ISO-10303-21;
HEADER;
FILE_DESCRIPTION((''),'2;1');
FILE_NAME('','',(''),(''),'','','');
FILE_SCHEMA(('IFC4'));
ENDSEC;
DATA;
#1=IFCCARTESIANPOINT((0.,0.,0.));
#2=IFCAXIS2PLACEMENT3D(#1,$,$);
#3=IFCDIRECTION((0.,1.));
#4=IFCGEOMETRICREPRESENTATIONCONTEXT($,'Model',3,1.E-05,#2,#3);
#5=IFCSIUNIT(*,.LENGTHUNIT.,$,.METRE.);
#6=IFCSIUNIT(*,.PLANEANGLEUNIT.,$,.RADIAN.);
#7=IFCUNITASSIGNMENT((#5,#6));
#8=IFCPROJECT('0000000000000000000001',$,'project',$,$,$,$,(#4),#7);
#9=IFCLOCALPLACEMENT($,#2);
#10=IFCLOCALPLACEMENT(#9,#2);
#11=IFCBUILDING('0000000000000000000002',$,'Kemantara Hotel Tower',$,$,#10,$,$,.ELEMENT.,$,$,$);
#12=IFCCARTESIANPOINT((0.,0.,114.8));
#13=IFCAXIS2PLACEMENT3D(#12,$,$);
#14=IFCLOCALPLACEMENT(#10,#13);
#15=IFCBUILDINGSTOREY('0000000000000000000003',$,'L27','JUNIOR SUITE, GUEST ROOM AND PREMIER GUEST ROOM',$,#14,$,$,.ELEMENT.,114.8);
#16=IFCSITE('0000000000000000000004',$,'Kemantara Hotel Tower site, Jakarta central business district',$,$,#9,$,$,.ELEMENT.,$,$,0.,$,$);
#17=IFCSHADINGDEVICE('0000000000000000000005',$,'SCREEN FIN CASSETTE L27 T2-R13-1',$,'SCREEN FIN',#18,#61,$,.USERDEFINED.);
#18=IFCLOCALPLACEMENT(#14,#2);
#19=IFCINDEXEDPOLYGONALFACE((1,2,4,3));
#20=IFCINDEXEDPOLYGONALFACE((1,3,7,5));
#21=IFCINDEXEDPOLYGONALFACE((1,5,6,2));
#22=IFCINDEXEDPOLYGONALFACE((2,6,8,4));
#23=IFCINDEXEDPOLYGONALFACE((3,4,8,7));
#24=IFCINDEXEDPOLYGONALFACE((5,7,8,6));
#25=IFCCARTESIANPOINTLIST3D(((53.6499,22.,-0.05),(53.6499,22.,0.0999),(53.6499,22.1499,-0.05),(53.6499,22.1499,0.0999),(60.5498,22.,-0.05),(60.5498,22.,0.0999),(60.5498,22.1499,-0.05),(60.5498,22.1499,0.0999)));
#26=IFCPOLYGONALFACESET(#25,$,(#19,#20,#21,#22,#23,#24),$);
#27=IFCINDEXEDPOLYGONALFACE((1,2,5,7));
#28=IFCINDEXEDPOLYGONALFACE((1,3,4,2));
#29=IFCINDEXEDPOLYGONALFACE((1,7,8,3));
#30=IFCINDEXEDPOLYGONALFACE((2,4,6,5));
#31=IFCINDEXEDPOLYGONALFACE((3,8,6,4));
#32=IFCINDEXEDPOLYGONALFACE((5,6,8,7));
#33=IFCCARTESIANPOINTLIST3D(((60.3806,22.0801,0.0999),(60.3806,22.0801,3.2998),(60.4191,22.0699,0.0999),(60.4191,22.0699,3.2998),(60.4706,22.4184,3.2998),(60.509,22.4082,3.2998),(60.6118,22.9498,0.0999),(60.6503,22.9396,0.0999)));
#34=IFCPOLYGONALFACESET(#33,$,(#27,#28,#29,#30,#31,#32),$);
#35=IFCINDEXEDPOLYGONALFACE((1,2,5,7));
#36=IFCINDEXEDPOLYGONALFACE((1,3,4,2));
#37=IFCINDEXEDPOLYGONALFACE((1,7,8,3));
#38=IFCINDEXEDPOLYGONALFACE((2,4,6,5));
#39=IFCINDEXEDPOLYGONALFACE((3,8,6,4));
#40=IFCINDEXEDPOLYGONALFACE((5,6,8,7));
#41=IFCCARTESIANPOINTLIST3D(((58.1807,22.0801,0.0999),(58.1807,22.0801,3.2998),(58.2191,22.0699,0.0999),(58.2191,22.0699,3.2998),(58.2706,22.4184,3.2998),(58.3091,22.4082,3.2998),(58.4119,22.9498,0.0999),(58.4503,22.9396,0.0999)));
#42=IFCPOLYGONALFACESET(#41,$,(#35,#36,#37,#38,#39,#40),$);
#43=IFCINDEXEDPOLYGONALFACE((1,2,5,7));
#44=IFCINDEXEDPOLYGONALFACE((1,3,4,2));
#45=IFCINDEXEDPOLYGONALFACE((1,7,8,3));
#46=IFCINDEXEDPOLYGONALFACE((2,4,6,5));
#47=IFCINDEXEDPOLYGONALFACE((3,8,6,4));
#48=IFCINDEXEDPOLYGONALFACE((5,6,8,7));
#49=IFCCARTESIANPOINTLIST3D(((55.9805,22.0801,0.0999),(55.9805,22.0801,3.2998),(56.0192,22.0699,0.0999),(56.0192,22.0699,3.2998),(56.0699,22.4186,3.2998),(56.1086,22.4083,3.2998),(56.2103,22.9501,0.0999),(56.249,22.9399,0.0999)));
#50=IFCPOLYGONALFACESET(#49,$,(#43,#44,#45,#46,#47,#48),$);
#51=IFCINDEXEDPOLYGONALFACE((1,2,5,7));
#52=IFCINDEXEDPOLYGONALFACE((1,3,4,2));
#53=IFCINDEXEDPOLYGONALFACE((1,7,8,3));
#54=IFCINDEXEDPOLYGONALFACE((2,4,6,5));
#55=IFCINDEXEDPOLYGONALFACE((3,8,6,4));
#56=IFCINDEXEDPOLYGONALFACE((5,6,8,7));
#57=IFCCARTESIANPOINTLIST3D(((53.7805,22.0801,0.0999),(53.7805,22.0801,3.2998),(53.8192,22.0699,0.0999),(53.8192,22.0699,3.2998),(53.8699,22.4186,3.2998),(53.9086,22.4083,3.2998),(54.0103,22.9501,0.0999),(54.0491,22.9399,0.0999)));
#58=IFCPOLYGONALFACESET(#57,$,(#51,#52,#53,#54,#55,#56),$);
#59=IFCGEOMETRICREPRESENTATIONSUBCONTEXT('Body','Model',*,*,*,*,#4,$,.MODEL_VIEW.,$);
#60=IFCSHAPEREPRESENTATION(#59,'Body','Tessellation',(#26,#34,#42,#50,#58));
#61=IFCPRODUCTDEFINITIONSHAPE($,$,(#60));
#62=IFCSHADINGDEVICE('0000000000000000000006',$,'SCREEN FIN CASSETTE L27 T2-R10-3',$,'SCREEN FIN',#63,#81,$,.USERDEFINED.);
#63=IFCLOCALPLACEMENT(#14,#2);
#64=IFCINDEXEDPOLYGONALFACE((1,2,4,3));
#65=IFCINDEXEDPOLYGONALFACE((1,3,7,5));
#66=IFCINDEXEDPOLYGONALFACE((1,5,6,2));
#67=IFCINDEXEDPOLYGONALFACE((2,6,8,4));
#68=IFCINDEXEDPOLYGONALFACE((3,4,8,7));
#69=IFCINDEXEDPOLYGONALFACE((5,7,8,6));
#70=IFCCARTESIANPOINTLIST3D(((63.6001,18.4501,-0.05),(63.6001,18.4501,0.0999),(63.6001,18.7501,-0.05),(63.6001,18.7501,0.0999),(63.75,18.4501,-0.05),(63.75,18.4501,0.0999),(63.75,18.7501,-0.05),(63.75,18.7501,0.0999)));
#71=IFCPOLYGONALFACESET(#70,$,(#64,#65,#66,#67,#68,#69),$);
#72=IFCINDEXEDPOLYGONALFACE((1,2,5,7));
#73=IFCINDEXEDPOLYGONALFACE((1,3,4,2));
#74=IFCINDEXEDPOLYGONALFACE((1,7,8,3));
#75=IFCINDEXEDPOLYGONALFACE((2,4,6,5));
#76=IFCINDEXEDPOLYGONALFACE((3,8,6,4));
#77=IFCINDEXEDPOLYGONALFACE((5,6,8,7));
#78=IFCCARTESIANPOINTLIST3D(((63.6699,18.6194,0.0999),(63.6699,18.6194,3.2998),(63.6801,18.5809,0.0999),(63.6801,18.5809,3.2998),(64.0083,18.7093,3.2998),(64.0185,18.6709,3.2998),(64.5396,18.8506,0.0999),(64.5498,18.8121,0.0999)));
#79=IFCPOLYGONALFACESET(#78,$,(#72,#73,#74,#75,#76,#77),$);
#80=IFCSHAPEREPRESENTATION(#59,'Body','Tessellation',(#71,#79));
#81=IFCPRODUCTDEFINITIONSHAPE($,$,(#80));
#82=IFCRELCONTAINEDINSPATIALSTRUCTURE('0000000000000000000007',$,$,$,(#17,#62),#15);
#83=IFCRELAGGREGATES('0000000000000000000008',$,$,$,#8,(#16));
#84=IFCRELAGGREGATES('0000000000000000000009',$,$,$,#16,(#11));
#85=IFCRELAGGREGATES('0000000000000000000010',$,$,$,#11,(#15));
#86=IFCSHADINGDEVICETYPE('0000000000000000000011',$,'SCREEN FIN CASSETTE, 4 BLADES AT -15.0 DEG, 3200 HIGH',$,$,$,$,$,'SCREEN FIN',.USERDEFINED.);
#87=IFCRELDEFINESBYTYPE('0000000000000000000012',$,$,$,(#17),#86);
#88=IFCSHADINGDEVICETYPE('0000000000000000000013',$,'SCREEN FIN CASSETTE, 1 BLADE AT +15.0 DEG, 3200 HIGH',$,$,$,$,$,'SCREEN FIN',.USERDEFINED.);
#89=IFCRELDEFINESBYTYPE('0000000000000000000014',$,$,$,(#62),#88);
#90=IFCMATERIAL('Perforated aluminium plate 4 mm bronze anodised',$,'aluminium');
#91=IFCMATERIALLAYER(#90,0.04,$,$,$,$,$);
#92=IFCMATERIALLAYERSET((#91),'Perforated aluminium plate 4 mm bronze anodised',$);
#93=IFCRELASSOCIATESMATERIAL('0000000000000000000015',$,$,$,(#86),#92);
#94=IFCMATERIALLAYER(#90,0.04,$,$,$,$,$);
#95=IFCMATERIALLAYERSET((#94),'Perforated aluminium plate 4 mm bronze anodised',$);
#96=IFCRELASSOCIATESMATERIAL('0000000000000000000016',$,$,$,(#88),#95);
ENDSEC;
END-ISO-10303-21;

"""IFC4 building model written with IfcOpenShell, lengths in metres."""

from ifc_helpers import new_model, si_unit, direction, frame, origin, origin_2d, place, context, subcontext, project, spatial, polyline, rectangle, outline, extrude, source, transform, mapped, material, layer, layer_set, type_object, element, save


model = new_model("IFC4")

# Units and contexts
model_context = context("Model", 3, precision=1e-05, world=origin(), true_north=direction((0.0, 1.0)))
body_context = subcontext(model_context, "Body", "Model", "MODEL_VIEW")
ifc_project = project(units=[si_unit("LENGTHUNIT", "METRE"), si_unit("PLANEANGLEUNIT", "RADIAN")], contexts=[model_context])

# Site, building, storey
site_placement = place(None, origin())
site = spatial("IfcSite", under=ifc_project, at=site_placement, Name="Kemantara Hotel Tower site, Jakarta central business district", CompositionType="ELEMENT", RefElevation=0.0)
building_placement = place(site_placement, origin())
building = spatial("IfcBuilding", under=site, at=building_placement, Name="Kemantara Hotel Tower", CompositionType="ELEMENT")
storey_placement = place(building_placement, frame((0.0, 0.0, 114.8)))
storey = spatial("IfcBuildingStorey", under=building, at=storey_placement, Name="L27", Description="JUNIOR SUITE, GUEST ROOM AND PREMIER GUEST ROOM", CompositionType="ELEMENT", Elevation=114.8)

# Shading devices
ifc_material_1 = material(Name="Perforated aluminium plate 4 mm bronze anodised", Category="aluminium")
ifc_layer_1 = layer(ifc_material_1, 0.04)
ifc_layer_set_1 = layer_set([ifc_layer_1], Name="Perforated aluminium plate 4 mm bronze anodised")
shading_device_type_1 = type_object("IfcShadingDeviceType", Name="SCREEN FIN CASSETTE, 4 BLADES AT -15.0 DEG, 3200 HIGH", ElementType="SCREEN FIN", PredefinedType="USERDEFINED", material=ifc_layer_set_1)
shared_shape_1 = source(origin(), body_context, "Body", "SweptSolid", [
    extrude(rectangle(XDim=6.8999, YDim=0.1499, at=origin_2d()), frame((3.3, -0.075, -0.1499), z_axis=(0.0, 0.0, 1.0), x_axis=(1.0, 0.0, 0.0)), (0.0, 0.0, 1.0), 0.1499),
    extrude(outline(polyline([(0.0, 0.0), (0.8999, 0.0), (0.3501, 3.2), (0.0, 3.2), (0.0, 0.0)])), frame((0.0193, -0.0801, 0.0), z_axis=(-0.966438, 0.256901, 0.0), x_axis=(-0.256901, -0.966438, 0.0)), (0.0, 0.0, 1.0), 0.0398),
    extrude(outline(polyline([(0.0, 0.0), (0.8999, 0.0), (0.3501, 3.2), (0.0, 3.2), (0.0, 0.0)])), frame((2.2192, -0.0801, 0.0), z_axis=(-0.966438, 0.256901, 0.0), x_axis=(-0.256901, -0.966438, 0.0)), (0.0, 0.0, 1.0), 0.0398),
    extrude(outline(polyline([(0.0, 0.0), (0.8999, 0.0), (0.3501, 3.2), (0.0, 3.2), (0.0, 0.0)])), frame((4.4194, -0.0801, 0.0), z_axis=(-0.966838, 0.255391, 0.0), x_axis=(-0.255391, -0.966838, 0.0)), (0.0, 0.0, 1.0), 0.04),
    extrude(outline(polyline([(0.0, 0.0), (0.8999, 0.0), (0.3501, 3.2), (0.0, 3.2), (0.0, 0.0)])), frame((6.6194, -0.0801, 0.0), z_axis=(-0.966838, 0.255391, 0.0), x_axis=(-0.255391, -0.966838, 0.0)), (0.0, 0.0, 1.0), 0.04),
])
shading_device_1_placement = place(storey_placement, frame((60.3999, 22.0, 0.0999), z_axis=(0.0, 0.0, 1.0), x_axis=(-1.0, 0.0, 0.0)))
element("IfcShadingDevice", 1, at=shading_device_1_placement, inside=storey, type_object=shading_device_type_1, Name="SCREEN FIN CASSETTE L27 T2-R13-1", ObjectType="SCREEN FIN", PredefinedType="USERDEFINED", context=body_context, shape_type="MappedRepresentation", body=[
    mapped(shared_shape_1, transform((0.0, 0.0, 0.0))),
])
ifc_layer_2 = layer(ifc_material_1, 0.04)
ifc_layer_set_2 = layer_set([ifc_layer_2], Name="Perforated aluminium plate 4 mm bronze anodised")
shading_device_type_2 = type_object("IfcShadingDeviceType", Name="SCREEN FIN CASSETTE, 1 BLADE AT +15.0 DEG, 3200 HIGH", ElementType="SCREEN FIN", PredefinedType="USERDEFINED", material=ifc_layer_set_2)
shared_shape_2 = source(origin(), body_context, "Body", "SweptSolid", [
    extrude(rectangle(XDim=0.3, YDim=0.1499, at=origin_2d()), frame((0.0, -0.075, -0.1499), z_axis=(0.0, 0.0, 1.0), x_axis=(1.0, 0.0, 0.0)), (0.0, 0.0, 1.0), 0.1499),
    extrude(outline(polyline([(0.0, 0.0), (0.8999, 0.0), (0.3501, 3.2), (0.0, 3.2), (0.0, 0.0)])), frame((0.0193, -0.0698, 0.0), z_axis=(-0.966438, -0.256901, 0.0), x_axis=(0.256901, -0.966438, 0.0)), (0.0, 0.0, 1.0), 0.0398),
])
shading_device_2_placement = place(storey_placement, frame((63.6001, 18.6001, 0.0999), z_axis=(0.0, 0.0, 1.0), x_axis=(0.0, 1.0, 0.0)))
element("IfcShadingDevice", 2, at=shading_device_2_placement, inside=storey, type_object=shading_device_type_2, Name="SCREEN FIN CASSETTE L27 T2-R10-3", ObjectType="SCREEN FIN", PredefinedType="USERDEFINED", context=body_context, shape_type="MappedRepresentation", body=[
    mapped(shared_shape_2, transform((0.0, 0.0, 0.0))),
])

save(model, "model.ifc")
